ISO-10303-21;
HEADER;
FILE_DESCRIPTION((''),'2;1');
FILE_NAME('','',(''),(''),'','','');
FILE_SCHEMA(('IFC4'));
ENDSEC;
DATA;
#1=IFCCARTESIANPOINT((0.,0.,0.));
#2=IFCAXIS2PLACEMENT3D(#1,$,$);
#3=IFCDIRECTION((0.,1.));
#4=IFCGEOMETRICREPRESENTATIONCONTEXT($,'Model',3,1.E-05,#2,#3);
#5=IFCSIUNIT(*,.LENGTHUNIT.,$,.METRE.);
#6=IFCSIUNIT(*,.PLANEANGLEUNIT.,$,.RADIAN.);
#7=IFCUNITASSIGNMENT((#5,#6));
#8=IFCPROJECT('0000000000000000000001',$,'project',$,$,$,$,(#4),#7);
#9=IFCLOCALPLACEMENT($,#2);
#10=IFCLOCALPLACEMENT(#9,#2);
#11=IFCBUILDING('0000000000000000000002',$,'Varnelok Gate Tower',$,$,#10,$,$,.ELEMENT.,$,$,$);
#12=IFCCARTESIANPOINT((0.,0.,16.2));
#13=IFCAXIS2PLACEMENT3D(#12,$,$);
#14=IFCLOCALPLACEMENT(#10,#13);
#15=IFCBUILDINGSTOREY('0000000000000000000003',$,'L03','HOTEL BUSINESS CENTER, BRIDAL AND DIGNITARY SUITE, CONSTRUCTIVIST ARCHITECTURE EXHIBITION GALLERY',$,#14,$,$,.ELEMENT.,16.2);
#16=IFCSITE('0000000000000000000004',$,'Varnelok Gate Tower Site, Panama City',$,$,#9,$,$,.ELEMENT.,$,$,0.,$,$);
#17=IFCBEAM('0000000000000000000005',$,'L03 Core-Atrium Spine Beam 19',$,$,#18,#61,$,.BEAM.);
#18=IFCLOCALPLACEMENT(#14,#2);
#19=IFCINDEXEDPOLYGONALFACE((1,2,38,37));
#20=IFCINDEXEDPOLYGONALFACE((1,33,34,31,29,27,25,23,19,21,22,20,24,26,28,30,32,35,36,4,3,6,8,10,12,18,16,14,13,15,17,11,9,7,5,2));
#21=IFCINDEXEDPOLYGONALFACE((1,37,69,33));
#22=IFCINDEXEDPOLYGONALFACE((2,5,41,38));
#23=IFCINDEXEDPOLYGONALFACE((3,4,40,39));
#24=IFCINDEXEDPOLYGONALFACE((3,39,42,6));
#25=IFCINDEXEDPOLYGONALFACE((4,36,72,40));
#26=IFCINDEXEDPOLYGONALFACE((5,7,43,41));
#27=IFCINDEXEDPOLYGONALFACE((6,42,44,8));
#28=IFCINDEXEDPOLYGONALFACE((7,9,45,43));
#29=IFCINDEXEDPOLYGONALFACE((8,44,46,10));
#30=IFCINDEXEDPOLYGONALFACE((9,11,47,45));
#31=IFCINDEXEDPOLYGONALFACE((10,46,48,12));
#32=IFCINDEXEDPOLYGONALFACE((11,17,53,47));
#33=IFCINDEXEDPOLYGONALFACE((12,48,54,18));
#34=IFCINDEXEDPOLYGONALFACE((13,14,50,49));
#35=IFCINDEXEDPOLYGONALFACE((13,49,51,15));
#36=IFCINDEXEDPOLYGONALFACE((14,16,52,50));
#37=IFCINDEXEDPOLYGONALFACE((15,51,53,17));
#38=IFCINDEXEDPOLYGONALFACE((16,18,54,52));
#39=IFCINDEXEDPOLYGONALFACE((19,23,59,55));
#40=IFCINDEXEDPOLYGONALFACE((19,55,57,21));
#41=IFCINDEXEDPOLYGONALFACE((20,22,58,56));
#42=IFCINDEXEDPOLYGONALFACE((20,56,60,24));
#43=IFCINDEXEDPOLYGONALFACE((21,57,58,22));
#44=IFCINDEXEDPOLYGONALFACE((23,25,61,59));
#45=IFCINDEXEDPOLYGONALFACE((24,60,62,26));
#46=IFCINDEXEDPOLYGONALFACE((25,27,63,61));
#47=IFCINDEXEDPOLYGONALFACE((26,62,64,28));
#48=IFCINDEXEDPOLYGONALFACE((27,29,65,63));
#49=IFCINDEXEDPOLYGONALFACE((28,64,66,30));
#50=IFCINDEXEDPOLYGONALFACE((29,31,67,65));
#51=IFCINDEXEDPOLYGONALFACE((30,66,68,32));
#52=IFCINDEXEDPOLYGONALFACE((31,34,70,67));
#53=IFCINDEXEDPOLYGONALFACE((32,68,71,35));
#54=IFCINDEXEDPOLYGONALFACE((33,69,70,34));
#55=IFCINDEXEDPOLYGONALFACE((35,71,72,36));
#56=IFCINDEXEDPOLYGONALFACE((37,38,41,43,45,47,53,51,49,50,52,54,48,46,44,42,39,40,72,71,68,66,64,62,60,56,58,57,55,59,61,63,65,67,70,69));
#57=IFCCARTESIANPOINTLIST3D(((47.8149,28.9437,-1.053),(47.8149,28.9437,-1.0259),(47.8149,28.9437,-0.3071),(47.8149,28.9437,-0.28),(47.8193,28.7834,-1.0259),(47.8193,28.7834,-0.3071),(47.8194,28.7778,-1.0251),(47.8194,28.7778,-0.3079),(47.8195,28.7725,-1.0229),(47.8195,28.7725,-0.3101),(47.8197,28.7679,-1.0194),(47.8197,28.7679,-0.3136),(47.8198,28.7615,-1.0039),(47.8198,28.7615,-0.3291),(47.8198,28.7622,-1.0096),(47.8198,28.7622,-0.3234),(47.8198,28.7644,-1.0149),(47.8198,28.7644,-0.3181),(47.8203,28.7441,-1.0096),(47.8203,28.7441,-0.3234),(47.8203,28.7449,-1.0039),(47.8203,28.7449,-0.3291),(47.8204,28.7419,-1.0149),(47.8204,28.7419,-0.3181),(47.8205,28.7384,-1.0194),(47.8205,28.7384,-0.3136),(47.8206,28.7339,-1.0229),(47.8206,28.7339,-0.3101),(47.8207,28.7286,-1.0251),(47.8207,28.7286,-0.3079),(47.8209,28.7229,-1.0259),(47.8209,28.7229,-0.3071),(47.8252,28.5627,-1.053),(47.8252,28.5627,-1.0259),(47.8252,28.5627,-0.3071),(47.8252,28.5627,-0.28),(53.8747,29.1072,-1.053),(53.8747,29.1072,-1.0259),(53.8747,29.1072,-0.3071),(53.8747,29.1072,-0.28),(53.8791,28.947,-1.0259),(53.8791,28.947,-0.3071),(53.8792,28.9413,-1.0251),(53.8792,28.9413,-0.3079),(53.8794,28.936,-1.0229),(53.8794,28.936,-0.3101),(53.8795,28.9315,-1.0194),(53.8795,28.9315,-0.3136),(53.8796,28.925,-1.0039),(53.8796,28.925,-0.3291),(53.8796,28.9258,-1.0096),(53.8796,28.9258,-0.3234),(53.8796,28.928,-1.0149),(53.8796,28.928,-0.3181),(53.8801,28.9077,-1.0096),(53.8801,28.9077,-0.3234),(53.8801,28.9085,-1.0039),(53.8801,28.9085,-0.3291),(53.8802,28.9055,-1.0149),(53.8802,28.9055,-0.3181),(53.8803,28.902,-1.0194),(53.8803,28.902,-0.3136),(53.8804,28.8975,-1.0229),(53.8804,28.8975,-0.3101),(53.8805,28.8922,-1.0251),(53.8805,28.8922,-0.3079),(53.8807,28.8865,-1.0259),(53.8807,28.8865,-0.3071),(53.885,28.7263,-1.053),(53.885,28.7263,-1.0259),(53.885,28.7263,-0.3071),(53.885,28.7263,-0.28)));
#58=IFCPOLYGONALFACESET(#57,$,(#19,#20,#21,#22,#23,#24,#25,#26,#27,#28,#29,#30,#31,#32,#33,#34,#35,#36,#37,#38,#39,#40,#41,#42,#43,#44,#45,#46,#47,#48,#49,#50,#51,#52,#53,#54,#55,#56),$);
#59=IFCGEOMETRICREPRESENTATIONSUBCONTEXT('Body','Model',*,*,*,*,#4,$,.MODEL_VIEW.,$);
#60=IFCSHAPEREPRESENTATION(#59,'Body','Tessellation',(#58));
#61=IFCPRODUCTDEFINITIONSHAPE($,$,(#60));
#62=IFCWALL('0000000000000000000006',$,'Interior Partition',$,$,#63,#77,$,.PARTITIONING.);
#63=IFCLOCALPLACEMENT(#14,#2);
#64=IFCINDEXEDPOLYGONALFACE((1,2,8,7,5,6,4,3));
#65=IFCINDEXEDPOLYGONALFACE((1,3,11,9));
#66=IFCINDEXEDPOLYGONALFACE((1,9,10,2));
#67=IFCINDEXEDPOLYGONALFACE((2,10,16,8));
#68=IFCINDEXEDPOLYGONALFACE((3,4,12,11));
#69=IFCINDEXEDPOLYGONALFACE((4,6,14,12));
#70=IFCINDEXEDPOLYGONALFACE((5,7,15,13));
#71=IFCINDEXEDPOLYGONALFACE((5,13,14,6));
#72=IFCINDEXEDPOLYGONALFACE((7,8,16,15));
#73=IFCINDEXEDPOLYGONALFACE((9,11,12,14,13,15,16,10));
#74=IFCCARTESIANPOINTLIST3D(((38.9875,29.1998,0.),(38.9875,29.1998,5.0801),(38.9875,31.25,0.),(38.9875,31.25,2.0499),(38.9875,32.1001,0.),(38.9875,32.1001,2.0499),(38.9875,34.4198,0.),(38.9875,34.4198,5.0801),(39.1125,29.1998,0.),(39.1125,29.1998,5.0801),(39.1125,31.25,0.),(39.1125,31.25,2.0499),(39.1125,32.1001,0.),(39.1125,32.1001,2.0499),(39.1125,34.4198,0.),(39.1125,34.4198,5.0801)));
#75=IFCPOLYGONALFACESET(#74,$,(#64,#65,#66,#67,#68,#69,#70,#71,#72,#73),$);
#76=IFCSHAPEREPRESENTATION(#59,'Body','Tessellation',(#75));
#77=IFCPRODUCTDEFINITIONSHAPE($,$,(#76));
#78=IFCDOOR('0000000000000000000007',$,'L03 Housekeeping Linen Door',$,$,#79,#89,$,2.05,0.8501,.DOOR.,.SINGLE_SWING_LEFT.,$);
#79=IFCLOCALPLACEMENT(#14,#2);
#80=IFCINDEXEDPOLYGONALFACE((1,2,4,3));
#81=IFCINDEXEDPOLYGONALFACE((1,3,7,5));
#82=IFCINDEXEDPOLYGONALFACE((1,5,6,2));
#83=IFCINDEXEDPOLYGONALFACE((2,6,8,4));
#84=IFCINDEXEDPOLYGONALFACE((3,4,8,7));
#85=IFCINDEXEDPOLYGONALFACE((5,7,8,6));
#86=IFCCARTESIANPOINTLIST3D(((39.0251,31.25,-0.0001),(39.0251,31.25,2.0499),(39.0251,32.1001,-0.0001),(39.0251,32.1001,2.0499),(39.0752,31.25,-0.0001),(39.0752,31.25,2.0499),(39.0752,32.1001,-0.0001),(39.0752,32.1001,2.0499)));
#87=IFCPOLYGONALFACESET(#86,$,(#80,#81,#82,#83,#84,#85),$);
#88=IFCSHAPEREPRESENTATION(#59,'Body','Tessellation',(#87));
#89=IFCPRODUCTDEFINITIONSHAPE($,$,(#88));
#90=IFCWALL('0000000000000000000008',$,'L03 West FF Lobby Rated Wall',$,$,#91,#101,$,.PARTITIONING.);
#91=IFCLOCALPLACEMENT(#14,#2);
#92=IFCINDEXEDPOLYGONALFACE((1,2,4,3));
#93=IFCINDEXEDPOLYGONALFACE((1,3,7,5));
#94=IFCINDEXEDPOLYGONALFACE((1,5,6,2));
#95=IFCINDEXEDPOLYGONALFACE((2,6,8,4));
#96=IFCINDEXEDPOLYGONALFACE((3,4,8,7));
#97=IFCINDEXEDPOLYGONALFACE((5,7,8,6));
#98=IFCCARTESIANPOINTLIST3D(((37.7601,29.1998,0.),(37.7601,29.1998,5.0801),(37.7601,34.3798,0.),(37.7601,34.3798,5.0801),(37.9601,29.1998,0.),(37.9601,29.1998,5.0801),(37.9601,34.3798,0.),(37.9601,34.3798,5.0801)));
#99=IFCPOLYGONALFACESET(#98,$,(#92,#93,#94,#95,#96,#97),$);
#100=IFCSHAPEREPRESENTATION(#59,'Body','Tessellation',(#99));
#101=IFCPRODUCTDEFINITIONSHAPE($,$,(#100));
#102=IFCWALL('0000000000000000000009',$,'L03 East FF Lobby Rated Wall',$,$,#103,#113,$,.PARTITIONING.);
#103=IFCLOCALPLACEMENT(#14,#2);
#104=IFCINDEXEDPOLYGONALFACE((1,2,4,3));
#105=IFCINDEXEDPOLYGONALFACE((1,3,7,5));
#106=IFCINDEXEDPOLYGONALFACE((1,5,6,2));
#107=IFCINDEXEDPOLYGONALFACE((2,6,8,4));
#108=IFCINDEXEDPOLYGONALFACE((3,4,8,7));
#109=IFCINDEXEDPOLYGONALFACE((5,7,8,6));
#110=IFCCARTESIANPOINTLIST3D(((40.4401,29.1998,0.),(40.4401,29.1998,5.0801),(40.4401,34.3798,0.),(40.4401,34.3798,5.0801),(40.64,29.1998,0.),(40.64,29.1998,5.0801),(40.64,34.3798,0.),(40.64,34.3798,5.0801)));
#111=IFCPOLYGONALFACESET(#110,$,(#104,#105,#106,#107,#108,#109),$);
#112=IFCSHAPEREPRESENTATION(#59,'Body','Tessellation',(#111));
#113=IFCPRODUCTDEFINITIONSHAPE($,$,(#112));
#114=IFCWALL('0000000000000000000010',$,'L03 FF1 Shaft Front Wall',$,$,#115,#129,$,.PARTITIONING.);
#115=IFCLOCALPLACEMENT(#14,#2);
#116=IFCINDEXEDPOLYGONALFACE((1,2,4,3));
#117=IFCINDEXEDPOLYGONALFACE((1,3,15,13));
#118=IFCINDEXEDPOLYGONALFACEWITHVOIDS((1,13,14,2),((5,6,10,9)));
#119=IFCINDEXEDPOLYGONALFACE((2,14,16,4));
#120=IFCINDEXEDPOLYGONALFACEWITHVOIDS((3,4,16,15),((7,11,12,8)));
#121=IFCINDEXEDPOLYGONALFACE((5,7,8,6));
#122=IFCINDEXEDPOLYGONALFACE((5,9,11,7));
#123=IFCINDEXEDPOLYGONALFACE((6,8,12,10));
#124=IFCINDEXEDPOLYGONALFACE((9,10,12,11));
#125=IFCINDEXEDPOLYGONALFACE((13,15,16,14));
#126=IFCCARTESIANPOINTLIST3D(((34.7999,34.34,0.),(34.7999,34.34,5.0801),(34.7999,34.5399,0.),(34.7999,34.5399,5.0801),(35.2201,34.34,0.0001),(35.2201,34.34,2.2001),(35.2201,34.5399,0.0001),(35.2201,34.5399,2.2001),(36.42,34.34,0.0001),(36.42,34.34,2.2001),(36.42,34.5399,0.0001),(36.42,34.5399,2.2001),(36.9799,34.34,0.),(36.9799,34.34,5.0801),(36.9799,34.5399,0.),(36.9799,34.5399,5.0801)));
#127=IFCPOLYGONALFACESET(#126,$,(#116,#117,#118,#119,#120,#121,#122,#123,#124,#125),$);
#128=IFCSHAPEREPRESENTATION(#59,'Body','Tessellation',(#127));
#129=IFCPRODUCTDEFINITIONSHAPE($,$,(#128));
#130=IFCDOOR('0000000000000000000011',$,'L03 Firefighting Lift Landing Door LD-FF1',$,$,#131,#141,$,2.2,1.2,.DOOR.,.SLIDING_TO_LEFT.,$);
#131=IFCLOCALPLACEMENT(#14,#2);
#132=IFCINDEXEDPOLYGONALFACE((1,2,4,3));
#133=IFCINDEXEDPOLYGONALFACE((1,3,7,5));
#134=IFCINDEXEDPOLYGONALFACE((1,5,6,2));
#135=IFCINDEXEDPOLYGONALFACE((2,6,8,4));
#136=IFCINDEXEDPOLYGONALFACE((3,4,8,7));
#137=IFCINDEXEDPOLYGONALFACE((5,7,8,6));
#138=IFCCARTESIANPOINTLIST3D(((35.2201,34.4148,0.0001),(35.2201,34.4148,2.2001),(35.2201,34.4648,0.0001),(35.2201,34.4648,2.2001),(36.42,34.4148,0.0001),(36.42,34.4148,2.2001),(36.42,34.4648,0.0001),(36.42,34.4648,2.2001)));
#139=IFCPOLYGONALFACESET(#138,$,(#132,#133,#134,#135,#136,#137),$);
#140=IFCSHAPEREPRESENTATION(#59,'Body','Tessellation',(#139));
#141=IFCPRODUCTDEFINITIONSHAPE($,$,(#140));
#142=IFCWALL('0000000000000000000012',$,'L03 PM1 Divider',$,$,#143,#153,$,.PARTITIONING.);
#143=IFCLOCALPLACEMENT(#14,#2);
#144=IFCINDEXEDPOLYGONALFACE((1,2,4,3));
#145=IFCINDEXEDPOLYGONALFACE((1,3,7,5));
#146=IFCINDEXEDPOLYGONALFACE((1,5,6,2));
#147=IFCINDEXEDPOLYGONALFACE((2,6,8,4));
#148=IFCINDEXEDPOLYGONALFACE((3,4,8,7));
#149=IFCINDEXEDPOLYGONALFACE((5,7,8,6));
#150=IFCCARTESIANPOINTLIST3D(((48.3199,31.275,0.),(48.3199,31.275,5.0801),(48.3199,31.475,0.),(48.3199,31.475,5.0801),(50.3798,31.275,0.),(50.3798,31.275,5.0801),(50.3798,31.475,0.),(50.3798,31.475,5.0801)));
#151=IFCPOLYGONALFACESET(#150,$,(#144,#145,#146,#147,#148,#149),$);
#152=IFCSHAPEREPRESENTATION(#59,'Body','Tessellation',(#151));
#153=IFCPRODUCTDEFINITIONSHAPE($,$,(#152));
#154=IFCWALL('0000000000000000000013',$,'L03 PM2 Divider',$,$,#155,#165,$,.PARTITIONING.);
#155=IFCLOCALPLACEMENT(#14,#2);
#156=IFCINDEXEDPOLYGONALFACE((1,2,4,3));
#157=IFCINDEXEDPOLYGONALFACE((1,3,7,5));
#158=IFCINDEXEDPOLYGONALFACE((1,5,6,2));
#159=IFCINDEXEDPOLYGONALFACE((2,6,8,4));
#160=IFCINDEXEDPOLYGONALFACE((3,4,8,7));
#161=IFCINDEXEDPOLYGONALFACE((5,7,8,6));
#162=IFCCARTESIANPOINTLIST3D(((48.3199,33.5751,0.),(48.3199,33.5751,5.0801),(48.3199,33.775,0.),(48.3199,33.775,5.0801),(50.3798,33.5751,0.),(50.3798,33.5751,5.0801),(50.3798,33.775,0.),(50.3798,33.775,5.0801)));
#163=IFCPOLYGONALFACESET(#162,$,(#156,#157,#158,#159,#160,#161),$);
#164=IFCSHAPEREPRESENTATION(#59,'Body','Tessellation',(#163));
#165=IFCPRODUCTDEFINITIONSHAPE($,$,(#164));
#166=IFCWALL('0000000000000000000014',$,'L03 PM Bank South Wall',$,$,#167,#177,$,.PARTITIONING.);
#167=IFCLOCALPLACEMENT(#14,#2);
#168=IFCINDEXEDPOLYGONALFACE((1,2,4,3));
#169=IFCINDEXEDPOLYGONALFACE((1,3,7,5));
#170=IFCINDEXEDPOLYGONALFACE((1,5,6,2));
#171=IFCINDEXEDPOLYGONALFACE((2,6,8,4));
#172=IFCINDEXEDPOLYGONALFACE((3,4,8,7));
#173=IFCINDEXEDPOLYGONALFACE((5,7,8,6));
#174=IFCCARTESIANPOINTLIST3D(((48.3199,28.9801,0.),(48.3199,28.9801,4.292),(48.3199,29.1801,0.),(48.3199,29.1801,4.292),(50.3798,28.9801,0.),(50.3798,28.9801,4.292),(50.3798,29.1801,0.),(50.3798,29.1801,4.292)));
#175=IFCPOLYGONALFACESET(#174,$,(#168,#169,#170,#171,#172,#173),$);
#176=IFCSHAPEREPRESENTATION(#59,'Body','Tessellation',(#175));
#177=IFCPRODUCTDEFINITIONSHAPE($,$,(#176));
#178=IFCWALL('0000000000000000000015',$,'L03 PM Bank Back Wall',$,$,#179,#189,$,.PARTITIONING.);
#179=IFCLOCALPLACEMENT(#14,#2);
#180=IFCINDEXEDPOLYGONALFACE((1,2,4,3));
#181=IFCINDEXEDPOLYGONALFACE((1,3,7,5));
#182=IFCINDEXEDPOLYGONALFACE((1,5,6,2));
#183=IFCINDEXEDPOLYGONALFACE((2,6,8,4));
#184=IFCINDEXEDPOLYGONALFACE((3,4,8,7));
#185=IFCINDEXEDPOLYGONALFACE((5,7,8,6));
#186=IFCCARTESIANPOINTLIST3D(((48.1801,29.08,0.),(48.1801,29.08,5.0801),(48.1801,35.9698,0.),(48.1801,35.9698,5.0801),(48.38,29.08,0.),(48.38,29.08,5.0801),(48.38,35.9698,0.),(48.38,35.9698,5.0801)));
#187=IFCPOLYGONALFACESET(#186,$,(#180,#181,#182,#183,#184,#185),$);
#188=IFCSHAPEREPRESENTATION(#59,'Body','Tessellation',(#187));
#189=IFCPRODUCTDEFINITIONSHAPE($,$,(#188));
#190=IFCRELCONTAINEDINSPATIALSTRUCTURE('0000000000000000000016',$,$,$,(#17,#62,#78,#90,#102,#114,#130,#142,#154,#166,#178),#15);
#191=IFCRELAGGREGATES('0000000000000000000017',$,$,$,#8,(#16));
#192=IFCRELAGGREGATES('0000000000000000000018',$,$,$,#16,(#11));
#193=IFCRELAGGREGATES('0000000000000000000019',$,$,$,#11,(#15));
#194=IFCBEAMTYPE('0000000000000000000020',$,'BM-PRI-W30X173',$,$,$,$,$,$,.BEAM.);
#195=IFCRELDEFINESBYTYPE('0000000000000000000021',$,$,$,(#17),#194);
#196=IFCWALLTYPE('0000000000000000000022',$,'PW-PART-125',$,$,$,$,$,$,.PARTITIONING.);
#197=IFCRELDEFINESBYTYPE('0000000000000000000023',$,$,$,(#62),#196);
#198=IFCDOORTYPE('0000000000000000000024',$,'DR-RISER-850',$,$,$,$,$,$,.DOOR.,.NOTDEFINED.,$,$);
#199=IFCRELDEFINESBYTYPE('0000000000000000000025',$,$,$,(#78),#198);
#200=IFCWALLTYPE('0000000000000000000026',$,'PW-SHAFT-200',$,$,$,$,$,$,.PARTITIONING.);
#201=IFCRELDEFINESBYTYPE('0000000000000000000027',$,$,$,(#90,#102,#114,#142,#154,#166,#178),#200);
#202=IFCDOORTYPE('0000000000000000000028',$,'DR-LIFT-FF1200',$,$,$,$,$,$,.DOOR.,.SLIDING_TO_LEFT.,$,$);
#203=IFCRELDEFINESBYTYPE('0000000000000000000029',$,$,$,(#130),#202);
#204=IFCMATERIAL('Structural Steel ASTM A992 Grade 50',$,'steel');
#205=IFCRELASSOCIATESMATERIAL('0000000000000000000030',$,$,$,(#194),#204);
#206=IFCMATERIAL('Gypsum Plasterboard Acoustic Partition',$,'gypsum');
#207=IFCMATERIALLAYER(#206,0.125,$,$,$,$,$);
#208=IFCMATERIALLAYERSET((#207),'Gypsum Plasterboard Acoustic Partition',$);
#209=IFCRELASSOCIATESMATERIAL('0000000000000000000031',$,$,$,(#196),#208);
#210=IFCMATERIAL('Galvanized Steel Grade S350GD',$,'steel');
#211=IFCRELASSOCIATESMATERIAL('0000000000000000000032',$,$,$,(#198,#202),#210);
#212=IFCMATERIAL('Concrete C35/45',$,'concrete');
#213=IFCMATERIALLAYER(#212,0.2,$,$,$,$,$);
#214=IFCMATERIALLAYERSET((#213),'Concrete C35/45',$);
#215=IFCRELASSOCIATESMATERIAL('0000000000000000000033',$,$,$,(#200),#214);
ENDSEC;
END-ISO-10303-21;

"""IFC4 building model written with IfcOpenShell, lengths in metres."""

from ifc_helpers import new_model, si_unit, direction, frame, frame_2d, origin, origin_2d, place, context, subcontext, project, spatial, rectangle, i_section, extrude, material, layer, layer_set, material_profile, profile_set, type_object, element, fill, save


model = new_model("IFC4")

# Units and contexts
model_context = context("Model", 3, precision=1e-05, world=origin(), true_north=direction((0.0, 1.0)))
body_context = subcontext(model_context, "Body", "Model", "MODEL_VIEW")
ifc_project = project(units=[si_unit("LENGTHUNIT", "METRE"), si_unit("PLANEANGLEUNIT", "RADIAN")], contexts=[model_context])

# Site, building, storey
site_placement = place(None, origin())
site = spatial("IfcSite", under=ifc_project, at=site_placement, Name="Varnelok Gate Tower Site, Panama City", CompositionType="ELEMENT", RefElevation=0.0)
building_placement = place(site_placement, origin())
building = spatial("IfcBuilding", under=site, at=building_placement, Name="Varnelok Gate Tower", CompositionType="ELEMENT")
storey_placement = place(building_placement, frame((0.0, 0.0, 16.2)))
storey = spatial("IfcBuildingStorey", under=building, at=storey_placement, Name="L03", Description="HOTEL BUSINESS CENTER, BRIDAL AND DIGNITARY SUITE, CONSTRUCTIVIST ARCHITECTURE EXHIBITION GALLERY", CompositionType="ELEMENT", Elevation=16.2)

# Beam
ifc_material_1 = material(Name="Structural Steel ASTM A992 Grade 50", Category="steel")
ifc_material_profile = material_profile(ifc_material_1, i_section(OverallWidth=0.3811, OverallDepth=0.7729, WebThickness=0.0166, FlangeThickness=0.0271, FilletRadius=0.022, at=origin_2d()), Name="W30X173")
ifc_profile_set = profile_set([ifc_material_profile], Name="Structural Steel ASTM A992 Grade 50")
beam_type = type_object("IfcBeamType", Name="BM-PRI-W30X173", PredefinedType="BEAM", material=ifc_profile_set)
beam_placement = place(storey_placement, frame((47.8201, 28.7532, -0.6665), z_axis=(0.999636, 0.026983, 0.0), x_axis=(-0.026983, 0.999636, 0.0)))
element("IfcBeam", 1, at=beam_placement, inside=storey, type_object=beam_type, Name="L03 Core-Atrium Spine Beam 19", PredefinedType="BEAM", context=body_context, shape_type="SweptSolid", body=[
    extrude(i_section(OverallWidth=0.3811, OverallDepth=0.7729, WebThickness=0.0166, FlangeThickness=0.0271, FilletRadius=0.022, at=origin_2d()), origin(), (0.0, 0.0, 1.0), 6.062),
])

# Wall, opening, door
ifc_material_2 = material(Name="Gypsum Plasterboard Acoustic Partition", Category="gypsum")
ifc_layer_1 = layer(ifc_material_2, 0.125)
ifc_layer_set_1 = layer_set([ifc_layer_1], Name="Gypsum Plasterboard Acoustic Partition")
wall_type_1 = type_object("IfcWallType", Name="PW-PART-125", PredefinedType="PARTITIONING", material=ifc_layer_set_1)
wall_1_placement = place(storey_placement, frame((39.05, 29.2, 0.0), z_axis=(0.0, 0.0, 1.0), x_axis=(0.0, 1.0, 0.0)))
wall_1 = element("IfcWall", 2, at=wall_1_placement, inside=storey, type_object=wall_type_1, Name="Interior Partition", PredefinedType="PARTITIONING", context=body_context, shape_type="SweptSolid", body=[
    extrude(rectangle(XDim=5.22, YDim=0.125, at=frame_2d((2.6099, 0.0))), origin(), (0.0, 0.0, 1.0), 5.0801),
])
opening_1_placement = place(wall_1_placement, frame((2.05, 0.0, 0.0)))
opening_1 = element("IfcOpeningElement", 3, at=opening_1_placement, cuts=wall_1, PredefinedType="OPENING", context=body_context, shape_type="SweptSolid", body=[
    extrude(rectangle(XDim=0.8501, YDim=2.05, at=frame_2d((0.425, 1.0249))), frame((0.0, 0.0725, 0.0), z_axis=(0.0, -1.0, 0.0), x_axis=(1.0, 0.0, 0.0)), (0.0, 0.0, 1.0), 0.145),
])
ifc_material_3 = material(Name="Galvanized Steel Grade S350GD", Category="steel")
door_type_1 = type_object("IfcDoorType", Name="DR-RISER-850", OperationType="NOTDEFINED", PredefinedType="DOOR", material=ifc_material_3)
door_1_placement = place(opening_1_placement, origin())
door_1 = element("IfcDoor", 4, at=door_1_placement, inside=storey, type_object=door_type_1, Name="L03 Housekeeping Linen Door", OperationType="SINGLE_SWING_LEFT", OverallHeight=2.05, OverallWidth=0.8501, PredefinedType="DOOR", context=body_context, shape_type="SweptSolid", body=[
    extrude(rectangle(XDim=0.8501, YDim=2.05, at=frame_2d((0.425, 1.0249))), frame((0.0, 0.0249, 0.0), z_axis=(0.0, -1.0, 0.0), x_axis=(1.0, 0.0, 0.0)), (0.0, 0.0, 1.0), 0.05),
])
fill(opening_1, door_1)

# Walls
ifc_material_4 = material(Name="Concrete C35/45", Category="concrete")
ifc_layer_2 = layer(ifc_material_4, 0.2)
ifc_layer_set_2 = layer_set([ifc_layer_2], Name="Concrete C35/45")
wall_type_2 = type_object("IfcWallType", Name="PW-SHAFT-200", PredefinedType="PARTITIONING", material=ifc_layer_set_2)
for number, where, z_axis, x_axis, name in (
    (5, (37.8601, 29.2, 0.0), (0.0, 0.0, 1.0), (0.0, 1.0, 0.0), "L03 West FF Lobby Rated Wall"),
    (6, (40.54, 29.2, 0.0), (0.0, 0.0, 1.0), (0.0, 1.0, 0.0), "L03 East FF Lobby Rated Wall"),
):
    element("IfcWall", number, at=place(storey_placement, frame(where, z_axis=z_axis, x_axis=x_axis)), inside=storey, type_object=wall_type_2, Name=name, PredefinedType="PARTITIONING", context=body_context, shape_type="SweptSolid", body=[
        extrude(rectangle(XDim=5.1799, YDim=0.2, at=frame_2d((2.5898, 0.0))), origin(), (0.0, 0.0, 1.0), 5.0801),
    ])

# Wall, opening, door
wall_2_placement = place(storey_placement, frame((34.8, 34.4399, 0.0), z_axis=(0.0, 0.0, 1.0), x_axis=(1.0, 0.0, 0.0)))
wall_2 = element("IfcWall", 7, at=wall_2_placement, inside=storey, type_object=wall_type_2, Name="L03 FF1 Shaft Front Wall", PredefinedType="PARTITIONING", context=body_context, shape_type="SweptSolid", body=[
    extrude(rectangle(XDim=2.1799, YDim=0.2, at=frame_2d((1.0898, 0.0))), origin(), (0.0, 0.0, 1.0), 5.0801),
])
opening_2_placement = place(wall_2_placement, frame((0.4199, 0.0, 0.0)))
opening_2 = element("IfcOpeningElement", 8, at=opening_2_placement, cuts=wall_2, PredefinedType="OPENING", context=body_context, shape_type="SweptSolid", body=[
    extrude(rectangle(XDim=1.2, YDim=2.2, at=frame_2d((0.6001, 1.1001))), frame((0.0, 0.1099, 0.0), z_axis=(0.0, -1.0, 0.0), x_axis=(1.0, 0.0, 0.0)), (0.0, 0.0, 1.0), 0.22),
])
door_type_2 = type_object("IfcDoorType", Name="DR-LIFT-FF1200", OperationType="SLIDING_TO_LEFT", PredefinedType="DOOR", material=ifc_material_3)
door_2_placement = place(opening_2_placement, origin())
door_2 = element("IfcDoor", 9, at=door_2_placement, inside=storey, type_object=door_type_2, Name="L03 Firefighting Lift Landing Door LD-FF1", OperationType="SLIDING_TO_LEFT", OverallHeight=2.2, OverallWidth=1.2, PredefinedType="DOOR", context=body_context, shape_type="SweptSolid", body=[
    extrude(rectangle(XDim=1.2, YDim=2.2, at=frame_2d((0.6001, 1.1001))), frame((0.0, 0.0249, 0.0), z_axis=(0.0, -1.0, 0.0), x_axis=(1.0, 0.0, 0.0)), (0.0, 0.0, 1.0), 0.05),
])
fill(opening_2, door_2)

# Walls
for number, where, z_axis, x_axis, name in (
    (10, (48.3201, 31.375, 0.0), (0.0, 0.0, 1.0), (1.0, 0.0, 0.0), "L03 PM1 Divider"),
    (11, (48.3201, 33.675, 0.0), (0.0, 0.0, 1.0), (1.0, 0.0, 0.0), "L03 PM2 Divider"),
):
    element("IfcWall", number, at=place(storey_placement, frame(where, z_axis=z_axis, x_axis=x_axis)), inside=storey, type_object=wall_type_2, Name=name, PredefinedType="PARTITIONING", context=body_context, shape_type="SweptSolid", body=[
        extrude(rectangle(XDim=2.0598, YDim=0.2, at=frame_2d((1.0298, 0.0))), origin(), (0.0, 0.0, 1.0), 5.0801),
    ])
wall_3_placement = place(storey_placement, frame((48.3201, 29.0801, 0.0), z_axis=(0.0, 0.0, 1.0), x_axis=(1.0, 0.0, 0.0)))
element("IfcWall", 12, at=wall_3_placement, inside=storey, type_object=wall_type_2, Name="L03 PM Bank South Wall", PredefinedType="PARTITIONING", context=body_context, shape_type="SweptSolid", body=[
    extrude(rectangle(XDim=2.0598, YDim=0.2, at=frame_2d((1.0298, 0.0))), origin(), (0.0, 0.0, 1.0), 4.292),
])
wall_4_placement = place(storey_placement, frame((48.28, 29.0801, 0.0), z_axis=(0.0, 0.0, 1.0), x_axis=(0.0, 1.0, 0.0)))
element("IfcWall", 13, at=wall_4_placement, inside=storey, type_object=wall_type_2, Name="L03 PM Bank Back Wall", PredefinedType="PARTITIONING", context=body_context, shape_type="SweptSolid", body=[
    extrude(rectangle(XDim=6.8899, YDim=0.2, at=frame_2d((3.4448, 0.0))), origin(), (0.0, 0.0, 1.0), 5.0801),
])

save(model, "model.ifc")
